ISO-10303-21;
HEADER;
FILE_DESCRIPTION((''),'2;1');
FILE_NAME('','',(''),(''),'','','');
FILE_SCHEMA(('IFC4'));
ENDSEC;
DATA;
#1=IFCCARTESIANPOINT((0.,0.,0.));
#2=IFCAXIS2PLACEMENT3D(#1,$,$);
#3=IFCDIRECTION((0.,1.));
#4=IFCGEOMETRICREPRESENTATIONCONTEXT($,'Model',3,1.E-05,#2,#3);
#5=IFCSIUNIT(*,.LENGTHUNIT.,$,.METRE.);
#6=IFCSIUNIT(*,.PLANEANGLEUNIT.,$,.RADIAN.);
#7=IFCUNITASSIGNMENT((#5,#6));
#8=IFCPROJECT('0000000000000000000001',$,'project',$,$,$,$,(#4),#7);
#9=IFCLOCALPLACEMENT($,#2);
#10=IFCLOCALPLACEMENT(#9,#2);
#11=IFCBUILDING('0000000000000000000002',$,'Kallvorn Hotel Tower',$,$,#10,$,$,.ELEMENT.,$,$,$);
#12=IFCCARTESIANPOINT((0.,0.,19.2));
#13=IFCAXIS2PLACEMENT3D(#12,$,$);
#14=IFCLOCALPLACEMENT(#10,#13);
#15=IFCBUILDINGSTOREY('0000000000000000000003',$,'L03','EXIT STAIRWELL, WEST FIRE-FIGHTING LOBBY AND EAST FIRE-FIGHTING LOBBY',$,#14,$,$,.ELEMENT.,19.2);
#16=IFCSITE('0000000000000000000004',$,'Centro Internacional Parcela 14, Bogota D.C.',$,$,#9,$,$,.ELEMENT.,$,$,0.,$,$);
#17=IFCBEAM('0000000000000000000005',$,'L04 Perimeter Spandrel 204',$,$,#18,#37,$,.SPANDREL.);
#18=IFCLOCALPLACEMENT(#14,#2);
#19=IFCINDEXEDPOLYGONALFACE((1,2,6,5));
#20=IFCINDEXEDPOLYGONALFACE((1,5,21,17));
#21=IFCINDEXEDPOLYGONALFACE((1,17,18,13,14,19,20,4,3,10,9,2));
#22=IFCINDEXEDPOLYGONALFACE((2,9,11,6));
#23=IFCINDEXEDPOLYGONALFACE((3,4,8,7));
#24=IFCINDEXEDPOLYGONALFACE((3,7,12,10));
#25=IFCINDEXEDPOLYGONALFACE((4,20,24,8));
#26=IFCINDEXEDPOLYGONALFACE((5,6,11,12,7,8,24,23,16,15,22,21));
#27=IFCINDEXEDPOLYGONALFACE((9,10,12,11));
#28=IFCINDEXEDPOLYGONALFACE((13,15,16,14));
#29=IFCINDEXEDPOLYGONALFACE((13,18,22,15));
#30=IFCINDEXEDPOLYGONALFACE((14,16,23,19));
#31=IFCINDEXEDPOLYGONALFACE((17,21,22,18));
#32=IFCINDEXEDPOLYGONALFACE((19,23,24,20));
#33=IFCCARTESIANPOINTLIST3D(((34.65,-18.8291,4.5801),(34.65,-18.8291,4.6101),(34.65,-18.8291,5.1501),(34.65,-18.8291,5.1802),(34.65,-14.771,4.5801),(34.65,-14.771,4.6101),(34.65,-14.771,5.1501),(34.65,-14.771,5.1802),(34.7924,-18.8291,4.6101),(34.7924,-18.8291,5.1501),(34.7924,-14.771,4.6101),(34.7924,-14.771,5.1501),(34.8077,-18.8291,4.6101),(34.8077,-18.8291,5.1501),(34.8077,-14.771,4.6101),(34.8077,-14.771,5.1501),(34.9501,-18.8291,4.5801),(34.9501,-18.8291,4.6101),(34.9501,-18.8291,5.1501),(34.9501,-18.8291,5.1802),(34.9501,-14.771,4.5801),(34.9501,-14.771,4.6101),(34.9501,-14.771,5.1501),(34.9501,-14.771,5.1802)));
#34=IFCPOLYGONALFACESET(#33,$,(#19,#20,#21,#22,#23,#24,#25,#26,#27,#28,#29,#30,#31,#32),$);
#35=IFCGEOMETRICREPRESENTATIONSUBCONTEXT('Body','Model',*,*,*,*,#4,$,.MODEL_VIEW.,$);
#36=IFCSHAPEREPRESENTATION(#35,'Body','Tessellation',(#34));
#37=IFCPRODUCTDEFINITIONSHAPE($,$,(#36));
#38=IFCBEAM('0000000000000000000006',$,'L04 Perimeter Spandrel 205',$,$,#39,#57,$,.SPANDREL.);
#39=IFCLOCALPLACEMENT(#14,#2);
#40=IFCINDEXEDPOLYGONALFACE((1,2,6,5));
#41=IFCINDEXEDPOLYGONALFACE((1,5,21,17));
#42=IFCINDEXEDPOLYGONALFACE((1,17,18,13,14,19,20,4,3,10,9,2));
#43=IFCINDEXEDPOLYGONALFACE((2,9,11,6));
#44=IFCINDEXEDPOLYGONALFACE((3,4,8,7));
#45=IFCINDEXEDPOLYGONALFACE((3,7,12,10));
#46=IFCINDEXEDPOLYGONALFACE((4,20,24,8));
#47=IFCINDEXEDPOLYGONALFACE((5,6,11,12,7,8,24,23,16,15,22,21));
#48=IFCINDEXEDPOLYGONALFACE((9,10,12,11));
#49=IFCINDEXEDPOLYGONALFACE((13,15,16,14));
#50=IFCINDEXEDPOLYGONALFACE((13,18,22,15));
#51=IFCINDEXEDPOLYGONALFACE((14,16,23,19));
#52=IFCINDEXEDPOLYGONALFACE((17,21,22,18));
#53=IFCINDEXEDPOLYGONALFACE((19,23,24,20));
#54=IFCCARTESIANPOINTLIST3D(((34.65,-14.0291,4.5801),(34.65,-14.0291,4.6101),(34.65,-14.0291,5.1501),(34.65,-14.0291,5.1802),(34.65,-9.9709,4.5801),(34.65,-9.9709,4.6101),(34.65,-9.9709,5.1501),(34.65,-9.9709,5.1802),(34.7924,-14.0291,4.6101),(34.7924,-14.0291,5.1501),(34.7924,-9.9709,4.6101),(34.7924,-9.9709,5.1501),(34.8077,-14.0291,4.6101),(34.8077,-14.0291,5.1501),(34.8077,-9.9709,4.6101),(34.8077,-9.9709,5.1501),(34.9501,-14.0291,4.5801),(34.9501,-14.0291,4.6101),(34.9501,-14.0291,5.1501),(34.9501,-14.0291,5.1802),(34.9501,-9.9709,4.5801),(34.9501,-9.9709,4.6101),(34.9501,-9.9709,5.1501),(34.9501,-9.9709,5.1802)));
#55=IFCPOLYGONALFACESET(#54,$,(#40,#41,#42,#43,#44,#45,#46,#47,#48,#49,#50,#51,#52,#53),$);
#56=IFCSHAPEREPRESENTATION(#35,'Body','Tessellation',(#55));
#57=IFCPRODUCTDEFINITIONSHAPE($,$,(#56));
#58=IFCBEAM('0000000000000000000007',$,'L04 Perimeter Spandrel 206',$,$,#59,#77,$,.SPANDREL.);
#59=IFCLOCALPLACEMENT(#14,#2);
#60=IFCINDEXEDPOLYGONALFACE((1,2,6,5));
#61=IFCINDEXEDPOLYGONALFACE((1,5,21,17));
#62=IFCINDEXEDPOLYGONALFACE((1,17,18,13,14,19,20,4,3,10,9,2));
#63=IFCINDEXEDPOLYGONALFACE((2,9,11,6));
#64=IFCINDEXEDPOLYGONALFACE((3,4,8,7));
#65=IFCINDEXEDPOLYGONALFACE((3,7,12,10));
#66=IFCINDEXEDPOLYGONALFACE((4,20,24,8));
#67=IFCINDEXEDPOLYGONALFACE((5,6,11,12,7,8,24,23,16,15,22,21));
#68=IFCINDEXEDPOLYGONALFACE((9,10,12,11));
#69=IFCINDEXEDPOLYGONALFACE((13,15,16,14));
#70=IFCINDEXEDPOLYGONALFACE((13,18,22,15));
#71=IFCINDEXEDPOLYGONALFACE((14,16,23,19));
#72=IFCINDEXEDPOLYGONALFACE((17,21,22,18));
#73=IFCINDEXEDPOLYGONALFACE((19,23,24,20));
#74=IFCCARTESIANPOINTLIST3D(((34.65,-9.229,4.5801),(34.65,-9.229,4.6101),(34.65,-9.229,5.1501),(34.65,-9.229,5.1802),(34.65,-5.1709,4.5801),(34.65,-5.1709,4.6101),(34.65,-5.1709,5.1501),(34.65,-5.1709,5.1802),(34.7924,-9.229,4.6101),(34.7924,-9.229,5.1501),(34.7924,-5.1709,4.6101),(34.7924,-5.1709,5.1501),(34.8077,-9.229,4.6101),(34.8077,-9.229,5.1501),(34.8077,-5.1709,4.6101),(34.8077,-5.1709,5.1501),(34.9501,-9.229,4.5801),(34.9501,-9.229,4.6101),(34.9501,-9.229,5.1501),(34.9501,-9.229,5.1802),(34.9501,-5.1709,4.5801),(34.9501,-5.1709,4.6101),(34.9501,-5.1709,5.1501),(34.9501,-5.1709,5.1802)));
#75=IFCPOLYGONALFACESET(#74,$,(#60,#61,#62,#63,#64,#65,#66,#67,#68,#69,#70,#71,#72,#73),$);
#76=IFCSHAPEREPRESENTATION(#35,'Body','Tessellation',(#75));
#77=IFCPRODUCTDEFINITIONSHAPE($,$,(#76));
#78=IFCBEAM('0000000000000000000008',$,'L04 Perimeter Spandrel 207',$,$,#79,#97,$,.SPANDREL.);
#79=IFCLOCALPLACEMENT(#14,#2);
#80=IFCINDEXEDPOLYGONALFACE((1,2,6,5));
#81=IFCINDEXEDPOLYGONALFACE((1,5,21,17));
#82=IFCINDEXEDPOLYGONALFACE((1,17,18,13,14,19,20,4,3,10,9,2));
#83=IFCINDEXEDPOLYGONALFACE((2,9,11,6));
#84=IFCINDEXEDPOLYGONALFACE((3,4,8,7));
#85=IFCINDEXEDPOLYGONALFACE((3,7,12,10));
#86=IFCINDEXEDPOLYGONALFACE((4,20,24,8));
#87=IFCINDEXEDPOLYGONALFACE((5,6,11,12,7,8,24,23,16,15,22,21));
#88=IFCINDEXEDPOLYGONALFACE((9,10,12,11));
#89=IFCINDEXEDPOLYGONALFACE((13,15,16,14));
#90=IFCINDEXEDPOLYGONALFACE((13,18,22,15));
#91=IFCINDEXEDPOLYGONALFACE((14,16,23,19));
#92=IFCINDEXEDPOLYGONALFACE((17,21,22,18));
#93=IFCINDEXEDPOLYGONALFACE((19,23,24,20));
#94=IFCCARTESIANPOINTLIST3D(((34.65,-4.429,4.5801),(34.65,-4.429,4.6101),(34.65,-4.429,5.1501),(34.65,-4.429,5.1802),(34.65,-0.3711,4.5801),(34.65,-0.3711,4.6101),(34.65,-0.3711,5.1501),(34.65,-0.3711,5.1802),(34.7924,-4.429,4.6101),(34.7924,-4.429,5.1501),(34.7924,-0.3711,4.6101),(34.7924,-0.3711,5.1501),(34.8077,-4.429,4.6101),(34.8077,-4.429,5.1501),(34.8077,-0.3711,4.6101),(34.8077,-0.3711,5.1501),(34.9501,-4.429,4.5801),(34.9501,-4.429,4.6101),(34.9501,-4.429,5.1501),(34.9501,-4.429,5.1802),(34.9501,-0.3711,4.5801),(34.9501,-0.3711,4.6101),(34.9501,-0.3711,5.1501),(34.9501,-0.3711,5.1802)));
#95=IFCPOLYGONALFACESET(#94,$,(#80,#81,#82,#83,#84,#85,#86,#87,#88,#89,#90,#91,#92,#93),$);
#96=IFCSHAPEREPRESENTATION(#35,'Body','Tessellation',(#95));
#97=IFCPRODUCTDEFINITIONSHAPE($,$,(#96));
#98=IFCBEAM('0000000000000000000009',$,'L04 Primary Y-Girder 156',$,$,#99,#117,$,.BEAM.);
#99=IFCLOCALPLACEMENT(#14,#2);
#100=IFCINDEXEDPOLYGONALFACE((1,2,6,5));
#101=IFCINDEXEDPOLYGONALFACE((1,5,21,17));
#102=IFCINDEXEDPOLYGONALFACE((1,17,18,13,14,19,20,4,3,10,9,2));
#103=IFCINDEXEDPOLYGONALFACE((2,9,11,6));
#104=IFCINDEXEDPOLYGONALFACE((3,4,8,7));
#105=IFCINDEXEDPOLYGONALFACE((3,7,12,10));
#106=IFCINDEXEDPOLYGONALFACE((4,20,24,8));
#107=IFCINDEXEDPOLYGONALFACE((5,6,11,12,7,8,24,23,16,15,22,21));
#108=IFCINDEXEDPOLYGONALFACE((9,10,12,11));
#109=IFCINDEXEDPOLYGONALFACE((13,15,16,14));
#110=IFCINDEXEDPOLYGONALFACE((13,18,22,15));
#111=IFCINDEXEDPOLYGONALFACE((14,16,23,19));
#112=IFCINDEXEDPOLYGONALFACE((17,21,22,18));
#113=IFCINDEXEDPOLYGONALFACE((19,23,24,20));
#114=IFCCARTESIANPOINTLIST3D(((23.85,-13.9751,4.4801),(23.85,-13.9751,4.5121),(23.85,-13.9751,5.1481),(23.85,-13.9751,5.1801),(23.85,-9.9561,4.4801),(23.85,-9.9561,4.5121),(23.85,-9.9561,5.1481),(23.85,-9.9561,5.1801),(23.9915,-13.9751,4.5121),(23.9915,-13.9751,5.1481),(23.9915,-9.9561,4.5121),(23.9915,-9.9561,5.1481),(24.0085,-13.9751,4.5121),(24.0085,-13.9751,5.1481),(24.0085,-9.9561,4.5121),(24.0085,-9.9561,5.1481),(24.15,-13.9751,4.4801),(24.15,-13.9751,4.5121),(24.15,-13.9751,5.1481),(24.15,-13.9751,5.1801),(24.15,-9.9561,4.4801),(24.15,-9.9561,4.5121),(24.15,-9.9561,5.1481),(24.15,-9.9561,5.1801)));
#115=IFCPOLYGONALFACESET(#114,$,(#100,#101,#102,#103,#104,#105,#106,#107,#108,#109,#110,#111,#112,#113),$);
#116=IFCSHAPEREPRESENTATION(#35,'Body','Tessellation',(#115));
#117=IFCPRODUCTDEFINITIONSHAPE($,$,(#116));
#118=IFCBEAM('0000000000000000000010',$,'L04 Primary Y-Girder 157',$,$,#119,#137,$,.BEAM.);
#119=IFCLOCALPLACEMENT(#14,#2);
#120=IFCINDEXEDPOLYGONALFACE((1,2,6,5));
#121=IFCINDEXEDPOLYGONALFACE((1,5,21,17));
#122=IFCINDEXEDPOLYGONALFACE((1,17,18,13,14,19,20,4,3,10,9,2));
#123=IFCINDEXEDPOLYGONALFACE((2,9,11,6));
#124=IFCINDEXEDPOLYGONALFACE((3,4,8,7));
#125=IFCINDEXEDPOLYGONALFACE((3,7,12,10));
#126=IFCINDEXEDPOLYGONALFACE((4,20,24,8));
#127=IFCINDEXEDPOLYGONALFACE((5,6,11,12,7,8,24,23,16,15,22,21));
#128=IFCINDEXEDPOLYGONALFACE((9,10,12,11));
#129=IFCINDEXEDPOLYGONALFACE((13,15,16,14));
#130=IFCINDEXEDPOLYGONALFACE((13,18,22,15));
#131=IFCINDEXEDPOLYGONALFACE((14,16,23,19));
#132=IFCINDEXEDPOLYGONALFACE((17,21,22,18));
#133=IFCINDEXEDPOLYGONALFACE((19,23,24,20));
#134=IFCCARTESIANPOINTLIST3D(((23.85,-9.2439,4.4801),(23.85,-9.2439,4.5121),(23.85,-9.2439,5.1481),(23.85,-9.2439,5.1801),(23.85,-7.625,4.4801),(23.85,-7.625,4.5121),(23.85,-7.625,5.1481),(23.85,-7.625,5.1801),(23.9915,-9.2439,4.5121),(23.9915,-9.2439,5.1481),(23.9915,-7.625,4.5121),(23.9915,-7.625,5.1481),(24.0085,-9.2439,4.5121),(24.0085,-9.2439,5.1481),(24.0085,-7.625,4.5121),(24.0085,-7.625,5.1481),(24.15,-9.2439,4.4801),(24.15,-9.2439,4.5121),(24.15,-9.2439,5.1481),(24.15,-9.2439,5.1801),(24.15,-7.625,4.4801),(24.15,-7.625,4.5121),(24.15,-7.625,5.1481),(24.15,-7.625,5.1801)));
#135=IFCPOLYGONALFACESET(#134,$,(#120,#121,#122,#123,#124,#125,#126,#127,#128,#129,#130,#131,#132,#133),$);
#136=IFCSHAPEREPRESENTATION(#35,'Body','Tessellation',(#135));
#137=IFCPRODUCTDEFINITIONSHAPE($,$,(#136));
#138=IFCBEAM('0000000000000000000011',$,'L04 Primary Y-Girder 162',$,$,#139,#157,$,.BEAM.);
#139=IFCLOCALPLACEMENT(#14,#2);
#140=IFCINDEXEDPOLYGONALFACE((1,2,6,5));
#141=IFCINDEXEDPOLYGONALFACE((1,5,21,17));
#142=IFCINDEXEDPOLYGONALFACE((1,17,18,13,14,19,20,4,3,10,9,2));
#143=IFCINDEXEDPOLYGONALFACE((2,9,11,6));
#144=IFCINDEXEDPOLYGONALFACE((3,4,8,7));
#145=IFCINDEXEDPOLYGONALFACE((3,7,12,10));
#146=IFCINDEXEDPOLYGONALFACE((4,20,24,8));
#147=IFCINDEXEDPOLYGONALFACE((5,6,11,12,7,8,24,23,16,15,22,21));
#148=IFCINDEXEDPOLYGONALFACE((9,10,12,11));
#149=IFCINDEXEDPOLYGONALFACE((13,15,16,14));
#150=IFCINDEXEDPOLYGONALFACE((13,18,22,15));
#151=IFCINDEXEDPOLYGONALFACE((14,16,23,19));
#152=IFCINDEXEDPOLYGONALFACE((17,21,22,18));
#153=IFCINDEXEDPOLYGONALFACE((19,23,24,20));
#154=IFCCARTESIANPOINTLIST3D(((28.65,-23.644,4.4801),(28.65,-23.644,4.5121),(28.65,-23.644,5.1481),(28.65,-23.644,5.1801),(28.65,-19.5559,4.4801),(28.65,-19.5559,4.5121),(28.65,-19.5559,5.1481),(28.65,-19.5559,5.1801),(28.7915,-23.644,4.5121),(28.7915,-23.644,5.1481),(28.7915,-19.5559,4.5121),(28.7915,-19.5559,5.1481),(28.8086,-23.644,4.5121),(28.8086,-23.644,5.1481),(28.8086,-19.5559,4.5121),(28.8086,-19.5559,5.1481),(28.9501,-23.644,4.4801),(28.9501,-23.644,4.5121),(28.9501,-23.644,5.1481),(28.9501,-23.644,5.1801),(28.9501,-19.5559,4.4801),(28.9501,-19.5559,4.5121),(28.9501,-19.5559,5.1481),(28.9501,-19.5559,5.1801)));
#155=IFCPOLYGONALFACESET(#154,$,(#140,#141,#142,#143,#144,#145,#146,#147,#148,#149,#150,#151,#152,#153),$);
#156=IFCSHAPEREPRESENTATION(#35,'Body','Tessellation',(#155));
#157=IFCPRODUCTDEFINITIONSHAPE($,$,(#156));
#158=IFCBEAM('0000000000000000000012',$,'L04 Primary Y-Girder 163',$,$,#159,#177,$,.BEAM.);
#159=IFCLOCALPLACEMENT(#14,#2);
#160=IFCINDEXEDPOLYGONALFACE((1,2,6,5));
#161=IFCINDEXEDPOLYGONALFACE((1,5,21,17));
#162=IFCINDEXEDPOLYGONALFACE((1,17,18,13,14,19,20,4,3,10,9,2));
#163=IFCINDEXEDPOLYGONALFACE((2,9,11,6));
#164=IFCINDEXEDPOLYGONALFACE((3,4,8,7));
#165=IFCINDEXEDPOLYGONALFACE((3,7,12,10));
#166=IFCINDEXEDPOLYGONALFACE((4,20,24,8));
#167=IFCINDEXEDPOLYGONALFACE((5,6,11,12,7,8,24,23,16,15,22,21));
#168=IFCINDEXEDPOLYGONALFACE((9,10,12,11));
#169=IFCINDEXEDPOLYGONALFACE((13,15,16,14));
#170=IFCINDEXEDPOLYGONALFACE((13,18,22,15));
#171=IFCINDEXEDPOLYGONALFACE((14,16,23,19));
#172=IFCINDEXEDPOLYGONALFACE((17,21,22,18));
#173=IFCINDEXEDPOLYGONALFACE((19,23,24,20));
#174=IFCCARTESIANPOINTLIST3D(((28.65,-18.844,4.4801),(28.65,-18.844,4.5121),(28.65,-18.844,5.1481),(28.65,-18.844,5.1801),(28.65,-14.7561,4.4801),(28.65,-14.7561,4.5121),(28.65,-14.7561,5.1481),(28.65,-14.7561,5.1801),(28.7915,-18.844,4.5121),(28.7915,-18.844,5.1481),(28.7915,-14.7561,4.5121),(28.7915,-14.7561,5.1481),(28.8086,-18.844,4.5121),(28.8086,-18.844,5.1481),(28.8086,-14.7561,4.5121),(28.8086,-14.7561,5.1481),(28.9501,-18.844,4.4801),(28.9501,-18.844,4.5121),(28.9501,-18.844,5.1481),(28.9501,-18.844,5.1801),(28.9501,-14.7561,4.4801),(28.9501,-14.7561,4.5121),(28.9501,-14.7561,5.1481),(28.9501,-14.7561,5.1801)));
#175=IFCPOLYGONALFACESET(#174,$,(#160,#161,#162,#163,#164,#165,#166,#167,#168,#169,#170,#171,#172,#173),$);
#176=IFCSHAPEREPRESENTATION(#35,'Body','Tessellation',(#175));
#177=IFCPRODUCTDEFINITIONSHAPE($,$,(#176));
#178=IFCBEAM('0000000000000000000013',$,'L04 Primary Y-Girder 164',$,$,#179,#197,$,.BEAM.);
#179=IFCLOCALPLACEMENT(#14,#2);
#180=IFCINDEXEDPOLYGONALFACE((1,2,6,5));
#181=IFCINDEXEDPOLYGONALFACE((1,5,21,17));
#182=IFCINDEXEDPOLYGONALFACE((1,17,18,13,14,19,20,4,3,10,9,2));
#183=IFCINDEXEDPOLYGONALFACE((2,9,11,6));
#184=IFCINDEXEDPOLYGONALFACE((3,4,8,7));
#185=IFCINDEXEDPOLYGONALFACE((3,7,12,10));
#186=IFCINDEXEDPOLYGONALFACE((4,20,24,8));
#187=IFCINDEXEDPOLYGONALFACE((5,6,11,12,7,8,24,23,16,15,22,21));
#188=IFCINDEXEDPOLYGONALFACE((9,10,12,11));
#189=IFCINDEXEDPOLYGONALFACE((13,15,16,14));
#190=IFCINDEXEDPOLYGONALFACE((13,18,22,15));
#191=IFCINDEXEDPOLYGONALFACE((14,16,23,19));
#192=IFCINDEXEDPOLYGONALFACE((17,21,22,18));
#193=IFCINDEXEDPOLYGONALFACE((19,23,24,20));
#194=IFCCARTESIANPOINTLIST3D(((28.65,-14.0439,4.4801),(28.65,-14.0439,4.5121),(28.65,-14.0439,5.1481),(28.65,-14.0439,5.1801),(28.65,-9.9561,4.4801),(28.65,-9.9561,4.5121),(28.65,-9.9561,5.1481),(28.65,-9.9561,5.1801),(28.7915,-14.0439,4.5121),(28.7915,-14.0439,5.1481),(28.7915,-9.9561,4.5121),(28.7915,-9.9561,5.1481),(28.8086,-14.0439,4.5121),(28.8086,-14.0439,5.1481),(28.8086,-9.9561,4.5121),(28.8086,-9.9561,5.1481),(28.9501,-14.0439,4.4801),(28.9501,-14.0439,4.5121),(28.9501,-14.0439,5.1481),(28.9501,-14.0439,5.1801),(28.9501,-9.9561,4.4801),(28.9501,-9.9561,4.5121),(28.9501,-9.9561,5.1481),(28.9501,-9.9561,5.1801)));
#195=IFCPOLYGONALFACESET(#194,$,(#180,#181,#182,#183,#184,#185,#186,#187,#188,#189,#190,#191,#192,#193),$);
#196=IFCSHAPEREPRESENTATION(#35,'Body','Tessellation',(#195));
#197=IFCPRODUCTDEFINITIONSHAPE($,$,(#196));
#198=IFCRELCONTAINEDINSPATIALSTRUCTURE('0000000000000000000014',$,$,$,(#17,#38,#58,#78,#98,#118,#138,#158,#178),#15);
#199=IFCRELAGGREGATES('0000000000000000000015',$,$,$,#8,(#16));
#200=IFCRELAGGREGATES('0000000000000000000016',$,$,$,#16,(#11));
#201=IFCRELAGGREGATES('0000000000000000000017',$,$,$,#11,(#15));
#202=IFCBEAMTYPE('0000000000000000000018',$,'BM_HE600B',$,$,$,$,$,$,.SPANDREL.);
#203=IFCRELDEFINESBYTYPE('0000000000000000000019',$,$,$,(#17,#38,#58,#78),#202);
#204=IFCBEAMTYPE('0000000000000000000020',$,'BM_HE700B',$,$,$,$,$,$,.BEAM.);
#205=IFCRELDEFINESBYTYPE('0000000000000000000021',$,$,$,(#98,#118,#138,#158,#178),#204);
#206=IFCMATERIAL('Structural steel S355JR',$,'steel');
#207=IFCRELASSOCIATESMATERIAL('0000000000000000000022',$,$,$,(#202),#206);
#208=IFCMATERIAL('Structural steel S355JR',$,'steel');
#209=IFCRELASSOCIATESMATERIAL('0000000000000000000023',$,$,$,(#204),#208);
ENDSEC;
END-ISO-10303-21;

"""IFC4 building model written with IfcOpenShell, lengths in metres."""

from ifc_helpers import new_model, si_unit, direction, frame, origin, origin_2d, place, context, subcontext, project, spatial, i_section, extrude, material, material_profile, profile_set, type_object, element, save


model = new_model("IFC4")

# Units and contexts
model_context = context("Model", 3, precision=1e-05, world=origin(), true_north=direction((0.0, 1.0)))
body_context = subcontext(model_context, "Body", "Model", "MODEL_VIEW")
ifc_project = project(units=[si_unit("LENGTHUNIT", "METRE"), si_unit("PLANEANGLEUNIT", "RADIAN")], contexts=[model_context])

# Site, building, storey
site_placement = place(None, origin())
site = spatial("IfcSite", under=ifc_project, at=site_placement, Name="Centro Internacional Parcela 14, Bogota D.C.", CompositionType="ELEMENT", RefElevation=0.0)
building_placement = place(site_placement, origin())
building = spatial("IfcBuilding", under=site, at=building_placement, Name="Kallvorn Hotel Tower", CompositionType="ELEMENT")
storey_placement = place(building_placement, frame((0.0, 0.0, 19.2)))
storey = spatial("IfcBuildingStorey", under=building, at=storey_placement, Name="L03", Description="EXIT STAIRWELL, WEST FIRE-FIGHTING LOBBY AND EAST FIRE-FIGHTING LOBBY", CompositionType="ELEMENT", Elevation=19.2)

# Beams
ifc_material_1 = material(Name="Structural steel S355JR", Category="steel")
ifc_material_profile_1 = material_profile(ifc_material_1, i_section(OverallWidth=0.3, OverallDepth=0.6001, WebThickness=0.0154, FlangeThickness=0.03, at=origin_2d()), Name="HE 600 B")
ifc_profile_set_1 = profile_set([ifc_material_profile_1], Name="Structural steel S355JR")
beam_type_1 = type_object("IfcBeamType", Name="BM_HE600B", PredefinedType="SPANDREL", material=ifc_profile_set_1)
for number, where, z_axis, x_axis, name in (
    (1, (34.8, -18.8291, 4.8801), (0.0, 1.0, 0.0), (-1.0, 0.0, 0.0), "L04 Perimeter Spandrel 204"),
    (2, (34.8, -14.0291, 4.8801), (0.0, 1.0, 0.0), (-1.0, 0.0, 0.0), "L04 Perimeter Spandrel 205"),
    (3, (34.8, -9.229, 4.8801), (0.0, 1.0, 0.0), (-1.0, 0.0, 0.0), "L04 Perimeter Spandrel 206"),
):
    element("IfcBeam", number, at=place(storey_placement, frame(where, z_axis=z_axis, x_axis=x_axis)), inside=storey, type_object=beam_type_1, Name=name, PredefinedType="SPANDREL", context=body_context, shape_type="SweptSolid", body=[
        extrude(i_section(OverallWidth=0.3, OverallDepth=0.6001, WebThickness=0.0154, FlangeThickness=0.03, at=origin_2d()), origin(), (0.0, 0.0, 1.0), 4.0581),
    ])
beam_1_placement = place(storey_placement, frame((34.8, -4.429, 4.8801), z_axis=(0.0, 1.0, 0.0), x_axis=(-1.0, 0.0, 0.0)))
element("IfcBeam", 4, at=beam_1_placement, inside=storey, type_object=beam_type_1, Name="L04 Perimeter Spandrel 207", PredefinedType="SPANDREL", context=body_context, shape_type="SweptSolid", body=[
    extrude(i_section(OverallWidth=0.3, OverallDepth=0.6001, WebThickness=0.0154, FlangeThickness=0.03, at=origin_2d()), origin(), (0.0, 0.0, 1.0), 4.0579),
])
ifc_material_2 = material(Name="Structural steel S355JR", Category="steel")
ifc_material_profile_2 = material_profile(ifc_material_2, i_section(OverallWidth=0.3, OverallDepth=0.7, WebThickness=0.0171, FlangeThickness=0.032, at=origin_2d()), Name="HE 700 B")
ifc_profile_set_2 = profile_set([ifc_material_profile_2], Name="Structural steel S355JR")
beam_type_2 = type_object("IfcBeamType", Name="BM_HE700B", PredefinedType="BEAM", material=ifc_profile_set_2)
beam_2_placement = place(storey_placement, frame((24.0, -13.9751, 4.8301), z_axis=(0.0, 1.0, 0.0), x_axis=(-1.0, 0.0, 0.0)))
element("IfcBeam", 5, at=beam_2_placement, inside=storey, type_object=beam_type_2, Name="L04 Primary Y-Girder 156", PredefinedType="BEAM", context=body_context, shape_type="SweptSolid", body=[
    extrude(i_section(OverallWidth=0.3, OverallDepth=0.7, WebThickness=0.0171, FlangeThickness=0.032, at=origin_2d()), origin(), (0.0, 0.0, 1.0), 4.019),
])
beam_3_placement = place(storey_placement, frame((24.0, -9.2439, 4.8301), z_axis=(0.0, 1.0, 0.0), x_axis=(-1.0, 0.0, 0.0)))
element("IfcBeam", 6, at=beam_3_placement, inside=storey, type_object=beam_type_2, Name="L04 Primary Y-Girder 157", PredefinedType="BEAM", context=body_context, shape_type="SweptSolid", body=[
    extrude(i_section(OverallWidth=0.3, OverallDepth=0.7, WebThickness=0.0171, FlangeThickness=0.032, at=origin_2d()), origin(), (0.0, 0.0, 1.0), 1.6189),
])
beam_4_placement = place(storey_placement, frame((28.8, -23.644, 4.8301), z_axis=(0.0, 1.0, 0.0), x_axis=(-1.0, 0.0, 0.0)))
element("IfcBeam", 7, at=beam_4_placement, inside=storey, type_object=beam_type_2, Name="L04 Primary Y-Girder 162", PredefinedType="BEAM", context=body_context, shape_type="SweptSolid", body=[
    extrude(i_section(OverallWidth=0.3, OverallDepth=0.7, WebThickness=0.0171, FlangeThickness=0.032, at=origin_2d()), origin(), (0.0, 0.0, 1.0), 4.0881),
])
for number, where, z_axis, x_axis, name in (
    (8, (28.8, -18.844, 4.8301), (0.0, 1.0, 0.0), (-1.0, 0.0, 0.0), "L04 Primary Y-Girder 163"),
    (9, (28.8, -14.0439, 4.8301), (0.0, 1.0, 0.0), (-1.0, 0.0, 0.0), "L04 Primary Y-Girder 164"),
):
    element("IfcBeam", number, at=place(storey_placement, frame(where, z_axis=z_axis, x_axis=x_axis)), inside=storey, type_object=beam_type_2, Name=name, PredefinedType="BEAM", context=body_context, shape_type="SweptSolid", body=[
        extrude(i_section(OverallWidth=0.3, OverallDepth=0.7, WebThickness=0.0171, FlangeThickness=0.032, at=origin_2d()), origin(), (0.0, 0.0, 1.0), 4.0879),
    ])

save(model, "model.ifc")
